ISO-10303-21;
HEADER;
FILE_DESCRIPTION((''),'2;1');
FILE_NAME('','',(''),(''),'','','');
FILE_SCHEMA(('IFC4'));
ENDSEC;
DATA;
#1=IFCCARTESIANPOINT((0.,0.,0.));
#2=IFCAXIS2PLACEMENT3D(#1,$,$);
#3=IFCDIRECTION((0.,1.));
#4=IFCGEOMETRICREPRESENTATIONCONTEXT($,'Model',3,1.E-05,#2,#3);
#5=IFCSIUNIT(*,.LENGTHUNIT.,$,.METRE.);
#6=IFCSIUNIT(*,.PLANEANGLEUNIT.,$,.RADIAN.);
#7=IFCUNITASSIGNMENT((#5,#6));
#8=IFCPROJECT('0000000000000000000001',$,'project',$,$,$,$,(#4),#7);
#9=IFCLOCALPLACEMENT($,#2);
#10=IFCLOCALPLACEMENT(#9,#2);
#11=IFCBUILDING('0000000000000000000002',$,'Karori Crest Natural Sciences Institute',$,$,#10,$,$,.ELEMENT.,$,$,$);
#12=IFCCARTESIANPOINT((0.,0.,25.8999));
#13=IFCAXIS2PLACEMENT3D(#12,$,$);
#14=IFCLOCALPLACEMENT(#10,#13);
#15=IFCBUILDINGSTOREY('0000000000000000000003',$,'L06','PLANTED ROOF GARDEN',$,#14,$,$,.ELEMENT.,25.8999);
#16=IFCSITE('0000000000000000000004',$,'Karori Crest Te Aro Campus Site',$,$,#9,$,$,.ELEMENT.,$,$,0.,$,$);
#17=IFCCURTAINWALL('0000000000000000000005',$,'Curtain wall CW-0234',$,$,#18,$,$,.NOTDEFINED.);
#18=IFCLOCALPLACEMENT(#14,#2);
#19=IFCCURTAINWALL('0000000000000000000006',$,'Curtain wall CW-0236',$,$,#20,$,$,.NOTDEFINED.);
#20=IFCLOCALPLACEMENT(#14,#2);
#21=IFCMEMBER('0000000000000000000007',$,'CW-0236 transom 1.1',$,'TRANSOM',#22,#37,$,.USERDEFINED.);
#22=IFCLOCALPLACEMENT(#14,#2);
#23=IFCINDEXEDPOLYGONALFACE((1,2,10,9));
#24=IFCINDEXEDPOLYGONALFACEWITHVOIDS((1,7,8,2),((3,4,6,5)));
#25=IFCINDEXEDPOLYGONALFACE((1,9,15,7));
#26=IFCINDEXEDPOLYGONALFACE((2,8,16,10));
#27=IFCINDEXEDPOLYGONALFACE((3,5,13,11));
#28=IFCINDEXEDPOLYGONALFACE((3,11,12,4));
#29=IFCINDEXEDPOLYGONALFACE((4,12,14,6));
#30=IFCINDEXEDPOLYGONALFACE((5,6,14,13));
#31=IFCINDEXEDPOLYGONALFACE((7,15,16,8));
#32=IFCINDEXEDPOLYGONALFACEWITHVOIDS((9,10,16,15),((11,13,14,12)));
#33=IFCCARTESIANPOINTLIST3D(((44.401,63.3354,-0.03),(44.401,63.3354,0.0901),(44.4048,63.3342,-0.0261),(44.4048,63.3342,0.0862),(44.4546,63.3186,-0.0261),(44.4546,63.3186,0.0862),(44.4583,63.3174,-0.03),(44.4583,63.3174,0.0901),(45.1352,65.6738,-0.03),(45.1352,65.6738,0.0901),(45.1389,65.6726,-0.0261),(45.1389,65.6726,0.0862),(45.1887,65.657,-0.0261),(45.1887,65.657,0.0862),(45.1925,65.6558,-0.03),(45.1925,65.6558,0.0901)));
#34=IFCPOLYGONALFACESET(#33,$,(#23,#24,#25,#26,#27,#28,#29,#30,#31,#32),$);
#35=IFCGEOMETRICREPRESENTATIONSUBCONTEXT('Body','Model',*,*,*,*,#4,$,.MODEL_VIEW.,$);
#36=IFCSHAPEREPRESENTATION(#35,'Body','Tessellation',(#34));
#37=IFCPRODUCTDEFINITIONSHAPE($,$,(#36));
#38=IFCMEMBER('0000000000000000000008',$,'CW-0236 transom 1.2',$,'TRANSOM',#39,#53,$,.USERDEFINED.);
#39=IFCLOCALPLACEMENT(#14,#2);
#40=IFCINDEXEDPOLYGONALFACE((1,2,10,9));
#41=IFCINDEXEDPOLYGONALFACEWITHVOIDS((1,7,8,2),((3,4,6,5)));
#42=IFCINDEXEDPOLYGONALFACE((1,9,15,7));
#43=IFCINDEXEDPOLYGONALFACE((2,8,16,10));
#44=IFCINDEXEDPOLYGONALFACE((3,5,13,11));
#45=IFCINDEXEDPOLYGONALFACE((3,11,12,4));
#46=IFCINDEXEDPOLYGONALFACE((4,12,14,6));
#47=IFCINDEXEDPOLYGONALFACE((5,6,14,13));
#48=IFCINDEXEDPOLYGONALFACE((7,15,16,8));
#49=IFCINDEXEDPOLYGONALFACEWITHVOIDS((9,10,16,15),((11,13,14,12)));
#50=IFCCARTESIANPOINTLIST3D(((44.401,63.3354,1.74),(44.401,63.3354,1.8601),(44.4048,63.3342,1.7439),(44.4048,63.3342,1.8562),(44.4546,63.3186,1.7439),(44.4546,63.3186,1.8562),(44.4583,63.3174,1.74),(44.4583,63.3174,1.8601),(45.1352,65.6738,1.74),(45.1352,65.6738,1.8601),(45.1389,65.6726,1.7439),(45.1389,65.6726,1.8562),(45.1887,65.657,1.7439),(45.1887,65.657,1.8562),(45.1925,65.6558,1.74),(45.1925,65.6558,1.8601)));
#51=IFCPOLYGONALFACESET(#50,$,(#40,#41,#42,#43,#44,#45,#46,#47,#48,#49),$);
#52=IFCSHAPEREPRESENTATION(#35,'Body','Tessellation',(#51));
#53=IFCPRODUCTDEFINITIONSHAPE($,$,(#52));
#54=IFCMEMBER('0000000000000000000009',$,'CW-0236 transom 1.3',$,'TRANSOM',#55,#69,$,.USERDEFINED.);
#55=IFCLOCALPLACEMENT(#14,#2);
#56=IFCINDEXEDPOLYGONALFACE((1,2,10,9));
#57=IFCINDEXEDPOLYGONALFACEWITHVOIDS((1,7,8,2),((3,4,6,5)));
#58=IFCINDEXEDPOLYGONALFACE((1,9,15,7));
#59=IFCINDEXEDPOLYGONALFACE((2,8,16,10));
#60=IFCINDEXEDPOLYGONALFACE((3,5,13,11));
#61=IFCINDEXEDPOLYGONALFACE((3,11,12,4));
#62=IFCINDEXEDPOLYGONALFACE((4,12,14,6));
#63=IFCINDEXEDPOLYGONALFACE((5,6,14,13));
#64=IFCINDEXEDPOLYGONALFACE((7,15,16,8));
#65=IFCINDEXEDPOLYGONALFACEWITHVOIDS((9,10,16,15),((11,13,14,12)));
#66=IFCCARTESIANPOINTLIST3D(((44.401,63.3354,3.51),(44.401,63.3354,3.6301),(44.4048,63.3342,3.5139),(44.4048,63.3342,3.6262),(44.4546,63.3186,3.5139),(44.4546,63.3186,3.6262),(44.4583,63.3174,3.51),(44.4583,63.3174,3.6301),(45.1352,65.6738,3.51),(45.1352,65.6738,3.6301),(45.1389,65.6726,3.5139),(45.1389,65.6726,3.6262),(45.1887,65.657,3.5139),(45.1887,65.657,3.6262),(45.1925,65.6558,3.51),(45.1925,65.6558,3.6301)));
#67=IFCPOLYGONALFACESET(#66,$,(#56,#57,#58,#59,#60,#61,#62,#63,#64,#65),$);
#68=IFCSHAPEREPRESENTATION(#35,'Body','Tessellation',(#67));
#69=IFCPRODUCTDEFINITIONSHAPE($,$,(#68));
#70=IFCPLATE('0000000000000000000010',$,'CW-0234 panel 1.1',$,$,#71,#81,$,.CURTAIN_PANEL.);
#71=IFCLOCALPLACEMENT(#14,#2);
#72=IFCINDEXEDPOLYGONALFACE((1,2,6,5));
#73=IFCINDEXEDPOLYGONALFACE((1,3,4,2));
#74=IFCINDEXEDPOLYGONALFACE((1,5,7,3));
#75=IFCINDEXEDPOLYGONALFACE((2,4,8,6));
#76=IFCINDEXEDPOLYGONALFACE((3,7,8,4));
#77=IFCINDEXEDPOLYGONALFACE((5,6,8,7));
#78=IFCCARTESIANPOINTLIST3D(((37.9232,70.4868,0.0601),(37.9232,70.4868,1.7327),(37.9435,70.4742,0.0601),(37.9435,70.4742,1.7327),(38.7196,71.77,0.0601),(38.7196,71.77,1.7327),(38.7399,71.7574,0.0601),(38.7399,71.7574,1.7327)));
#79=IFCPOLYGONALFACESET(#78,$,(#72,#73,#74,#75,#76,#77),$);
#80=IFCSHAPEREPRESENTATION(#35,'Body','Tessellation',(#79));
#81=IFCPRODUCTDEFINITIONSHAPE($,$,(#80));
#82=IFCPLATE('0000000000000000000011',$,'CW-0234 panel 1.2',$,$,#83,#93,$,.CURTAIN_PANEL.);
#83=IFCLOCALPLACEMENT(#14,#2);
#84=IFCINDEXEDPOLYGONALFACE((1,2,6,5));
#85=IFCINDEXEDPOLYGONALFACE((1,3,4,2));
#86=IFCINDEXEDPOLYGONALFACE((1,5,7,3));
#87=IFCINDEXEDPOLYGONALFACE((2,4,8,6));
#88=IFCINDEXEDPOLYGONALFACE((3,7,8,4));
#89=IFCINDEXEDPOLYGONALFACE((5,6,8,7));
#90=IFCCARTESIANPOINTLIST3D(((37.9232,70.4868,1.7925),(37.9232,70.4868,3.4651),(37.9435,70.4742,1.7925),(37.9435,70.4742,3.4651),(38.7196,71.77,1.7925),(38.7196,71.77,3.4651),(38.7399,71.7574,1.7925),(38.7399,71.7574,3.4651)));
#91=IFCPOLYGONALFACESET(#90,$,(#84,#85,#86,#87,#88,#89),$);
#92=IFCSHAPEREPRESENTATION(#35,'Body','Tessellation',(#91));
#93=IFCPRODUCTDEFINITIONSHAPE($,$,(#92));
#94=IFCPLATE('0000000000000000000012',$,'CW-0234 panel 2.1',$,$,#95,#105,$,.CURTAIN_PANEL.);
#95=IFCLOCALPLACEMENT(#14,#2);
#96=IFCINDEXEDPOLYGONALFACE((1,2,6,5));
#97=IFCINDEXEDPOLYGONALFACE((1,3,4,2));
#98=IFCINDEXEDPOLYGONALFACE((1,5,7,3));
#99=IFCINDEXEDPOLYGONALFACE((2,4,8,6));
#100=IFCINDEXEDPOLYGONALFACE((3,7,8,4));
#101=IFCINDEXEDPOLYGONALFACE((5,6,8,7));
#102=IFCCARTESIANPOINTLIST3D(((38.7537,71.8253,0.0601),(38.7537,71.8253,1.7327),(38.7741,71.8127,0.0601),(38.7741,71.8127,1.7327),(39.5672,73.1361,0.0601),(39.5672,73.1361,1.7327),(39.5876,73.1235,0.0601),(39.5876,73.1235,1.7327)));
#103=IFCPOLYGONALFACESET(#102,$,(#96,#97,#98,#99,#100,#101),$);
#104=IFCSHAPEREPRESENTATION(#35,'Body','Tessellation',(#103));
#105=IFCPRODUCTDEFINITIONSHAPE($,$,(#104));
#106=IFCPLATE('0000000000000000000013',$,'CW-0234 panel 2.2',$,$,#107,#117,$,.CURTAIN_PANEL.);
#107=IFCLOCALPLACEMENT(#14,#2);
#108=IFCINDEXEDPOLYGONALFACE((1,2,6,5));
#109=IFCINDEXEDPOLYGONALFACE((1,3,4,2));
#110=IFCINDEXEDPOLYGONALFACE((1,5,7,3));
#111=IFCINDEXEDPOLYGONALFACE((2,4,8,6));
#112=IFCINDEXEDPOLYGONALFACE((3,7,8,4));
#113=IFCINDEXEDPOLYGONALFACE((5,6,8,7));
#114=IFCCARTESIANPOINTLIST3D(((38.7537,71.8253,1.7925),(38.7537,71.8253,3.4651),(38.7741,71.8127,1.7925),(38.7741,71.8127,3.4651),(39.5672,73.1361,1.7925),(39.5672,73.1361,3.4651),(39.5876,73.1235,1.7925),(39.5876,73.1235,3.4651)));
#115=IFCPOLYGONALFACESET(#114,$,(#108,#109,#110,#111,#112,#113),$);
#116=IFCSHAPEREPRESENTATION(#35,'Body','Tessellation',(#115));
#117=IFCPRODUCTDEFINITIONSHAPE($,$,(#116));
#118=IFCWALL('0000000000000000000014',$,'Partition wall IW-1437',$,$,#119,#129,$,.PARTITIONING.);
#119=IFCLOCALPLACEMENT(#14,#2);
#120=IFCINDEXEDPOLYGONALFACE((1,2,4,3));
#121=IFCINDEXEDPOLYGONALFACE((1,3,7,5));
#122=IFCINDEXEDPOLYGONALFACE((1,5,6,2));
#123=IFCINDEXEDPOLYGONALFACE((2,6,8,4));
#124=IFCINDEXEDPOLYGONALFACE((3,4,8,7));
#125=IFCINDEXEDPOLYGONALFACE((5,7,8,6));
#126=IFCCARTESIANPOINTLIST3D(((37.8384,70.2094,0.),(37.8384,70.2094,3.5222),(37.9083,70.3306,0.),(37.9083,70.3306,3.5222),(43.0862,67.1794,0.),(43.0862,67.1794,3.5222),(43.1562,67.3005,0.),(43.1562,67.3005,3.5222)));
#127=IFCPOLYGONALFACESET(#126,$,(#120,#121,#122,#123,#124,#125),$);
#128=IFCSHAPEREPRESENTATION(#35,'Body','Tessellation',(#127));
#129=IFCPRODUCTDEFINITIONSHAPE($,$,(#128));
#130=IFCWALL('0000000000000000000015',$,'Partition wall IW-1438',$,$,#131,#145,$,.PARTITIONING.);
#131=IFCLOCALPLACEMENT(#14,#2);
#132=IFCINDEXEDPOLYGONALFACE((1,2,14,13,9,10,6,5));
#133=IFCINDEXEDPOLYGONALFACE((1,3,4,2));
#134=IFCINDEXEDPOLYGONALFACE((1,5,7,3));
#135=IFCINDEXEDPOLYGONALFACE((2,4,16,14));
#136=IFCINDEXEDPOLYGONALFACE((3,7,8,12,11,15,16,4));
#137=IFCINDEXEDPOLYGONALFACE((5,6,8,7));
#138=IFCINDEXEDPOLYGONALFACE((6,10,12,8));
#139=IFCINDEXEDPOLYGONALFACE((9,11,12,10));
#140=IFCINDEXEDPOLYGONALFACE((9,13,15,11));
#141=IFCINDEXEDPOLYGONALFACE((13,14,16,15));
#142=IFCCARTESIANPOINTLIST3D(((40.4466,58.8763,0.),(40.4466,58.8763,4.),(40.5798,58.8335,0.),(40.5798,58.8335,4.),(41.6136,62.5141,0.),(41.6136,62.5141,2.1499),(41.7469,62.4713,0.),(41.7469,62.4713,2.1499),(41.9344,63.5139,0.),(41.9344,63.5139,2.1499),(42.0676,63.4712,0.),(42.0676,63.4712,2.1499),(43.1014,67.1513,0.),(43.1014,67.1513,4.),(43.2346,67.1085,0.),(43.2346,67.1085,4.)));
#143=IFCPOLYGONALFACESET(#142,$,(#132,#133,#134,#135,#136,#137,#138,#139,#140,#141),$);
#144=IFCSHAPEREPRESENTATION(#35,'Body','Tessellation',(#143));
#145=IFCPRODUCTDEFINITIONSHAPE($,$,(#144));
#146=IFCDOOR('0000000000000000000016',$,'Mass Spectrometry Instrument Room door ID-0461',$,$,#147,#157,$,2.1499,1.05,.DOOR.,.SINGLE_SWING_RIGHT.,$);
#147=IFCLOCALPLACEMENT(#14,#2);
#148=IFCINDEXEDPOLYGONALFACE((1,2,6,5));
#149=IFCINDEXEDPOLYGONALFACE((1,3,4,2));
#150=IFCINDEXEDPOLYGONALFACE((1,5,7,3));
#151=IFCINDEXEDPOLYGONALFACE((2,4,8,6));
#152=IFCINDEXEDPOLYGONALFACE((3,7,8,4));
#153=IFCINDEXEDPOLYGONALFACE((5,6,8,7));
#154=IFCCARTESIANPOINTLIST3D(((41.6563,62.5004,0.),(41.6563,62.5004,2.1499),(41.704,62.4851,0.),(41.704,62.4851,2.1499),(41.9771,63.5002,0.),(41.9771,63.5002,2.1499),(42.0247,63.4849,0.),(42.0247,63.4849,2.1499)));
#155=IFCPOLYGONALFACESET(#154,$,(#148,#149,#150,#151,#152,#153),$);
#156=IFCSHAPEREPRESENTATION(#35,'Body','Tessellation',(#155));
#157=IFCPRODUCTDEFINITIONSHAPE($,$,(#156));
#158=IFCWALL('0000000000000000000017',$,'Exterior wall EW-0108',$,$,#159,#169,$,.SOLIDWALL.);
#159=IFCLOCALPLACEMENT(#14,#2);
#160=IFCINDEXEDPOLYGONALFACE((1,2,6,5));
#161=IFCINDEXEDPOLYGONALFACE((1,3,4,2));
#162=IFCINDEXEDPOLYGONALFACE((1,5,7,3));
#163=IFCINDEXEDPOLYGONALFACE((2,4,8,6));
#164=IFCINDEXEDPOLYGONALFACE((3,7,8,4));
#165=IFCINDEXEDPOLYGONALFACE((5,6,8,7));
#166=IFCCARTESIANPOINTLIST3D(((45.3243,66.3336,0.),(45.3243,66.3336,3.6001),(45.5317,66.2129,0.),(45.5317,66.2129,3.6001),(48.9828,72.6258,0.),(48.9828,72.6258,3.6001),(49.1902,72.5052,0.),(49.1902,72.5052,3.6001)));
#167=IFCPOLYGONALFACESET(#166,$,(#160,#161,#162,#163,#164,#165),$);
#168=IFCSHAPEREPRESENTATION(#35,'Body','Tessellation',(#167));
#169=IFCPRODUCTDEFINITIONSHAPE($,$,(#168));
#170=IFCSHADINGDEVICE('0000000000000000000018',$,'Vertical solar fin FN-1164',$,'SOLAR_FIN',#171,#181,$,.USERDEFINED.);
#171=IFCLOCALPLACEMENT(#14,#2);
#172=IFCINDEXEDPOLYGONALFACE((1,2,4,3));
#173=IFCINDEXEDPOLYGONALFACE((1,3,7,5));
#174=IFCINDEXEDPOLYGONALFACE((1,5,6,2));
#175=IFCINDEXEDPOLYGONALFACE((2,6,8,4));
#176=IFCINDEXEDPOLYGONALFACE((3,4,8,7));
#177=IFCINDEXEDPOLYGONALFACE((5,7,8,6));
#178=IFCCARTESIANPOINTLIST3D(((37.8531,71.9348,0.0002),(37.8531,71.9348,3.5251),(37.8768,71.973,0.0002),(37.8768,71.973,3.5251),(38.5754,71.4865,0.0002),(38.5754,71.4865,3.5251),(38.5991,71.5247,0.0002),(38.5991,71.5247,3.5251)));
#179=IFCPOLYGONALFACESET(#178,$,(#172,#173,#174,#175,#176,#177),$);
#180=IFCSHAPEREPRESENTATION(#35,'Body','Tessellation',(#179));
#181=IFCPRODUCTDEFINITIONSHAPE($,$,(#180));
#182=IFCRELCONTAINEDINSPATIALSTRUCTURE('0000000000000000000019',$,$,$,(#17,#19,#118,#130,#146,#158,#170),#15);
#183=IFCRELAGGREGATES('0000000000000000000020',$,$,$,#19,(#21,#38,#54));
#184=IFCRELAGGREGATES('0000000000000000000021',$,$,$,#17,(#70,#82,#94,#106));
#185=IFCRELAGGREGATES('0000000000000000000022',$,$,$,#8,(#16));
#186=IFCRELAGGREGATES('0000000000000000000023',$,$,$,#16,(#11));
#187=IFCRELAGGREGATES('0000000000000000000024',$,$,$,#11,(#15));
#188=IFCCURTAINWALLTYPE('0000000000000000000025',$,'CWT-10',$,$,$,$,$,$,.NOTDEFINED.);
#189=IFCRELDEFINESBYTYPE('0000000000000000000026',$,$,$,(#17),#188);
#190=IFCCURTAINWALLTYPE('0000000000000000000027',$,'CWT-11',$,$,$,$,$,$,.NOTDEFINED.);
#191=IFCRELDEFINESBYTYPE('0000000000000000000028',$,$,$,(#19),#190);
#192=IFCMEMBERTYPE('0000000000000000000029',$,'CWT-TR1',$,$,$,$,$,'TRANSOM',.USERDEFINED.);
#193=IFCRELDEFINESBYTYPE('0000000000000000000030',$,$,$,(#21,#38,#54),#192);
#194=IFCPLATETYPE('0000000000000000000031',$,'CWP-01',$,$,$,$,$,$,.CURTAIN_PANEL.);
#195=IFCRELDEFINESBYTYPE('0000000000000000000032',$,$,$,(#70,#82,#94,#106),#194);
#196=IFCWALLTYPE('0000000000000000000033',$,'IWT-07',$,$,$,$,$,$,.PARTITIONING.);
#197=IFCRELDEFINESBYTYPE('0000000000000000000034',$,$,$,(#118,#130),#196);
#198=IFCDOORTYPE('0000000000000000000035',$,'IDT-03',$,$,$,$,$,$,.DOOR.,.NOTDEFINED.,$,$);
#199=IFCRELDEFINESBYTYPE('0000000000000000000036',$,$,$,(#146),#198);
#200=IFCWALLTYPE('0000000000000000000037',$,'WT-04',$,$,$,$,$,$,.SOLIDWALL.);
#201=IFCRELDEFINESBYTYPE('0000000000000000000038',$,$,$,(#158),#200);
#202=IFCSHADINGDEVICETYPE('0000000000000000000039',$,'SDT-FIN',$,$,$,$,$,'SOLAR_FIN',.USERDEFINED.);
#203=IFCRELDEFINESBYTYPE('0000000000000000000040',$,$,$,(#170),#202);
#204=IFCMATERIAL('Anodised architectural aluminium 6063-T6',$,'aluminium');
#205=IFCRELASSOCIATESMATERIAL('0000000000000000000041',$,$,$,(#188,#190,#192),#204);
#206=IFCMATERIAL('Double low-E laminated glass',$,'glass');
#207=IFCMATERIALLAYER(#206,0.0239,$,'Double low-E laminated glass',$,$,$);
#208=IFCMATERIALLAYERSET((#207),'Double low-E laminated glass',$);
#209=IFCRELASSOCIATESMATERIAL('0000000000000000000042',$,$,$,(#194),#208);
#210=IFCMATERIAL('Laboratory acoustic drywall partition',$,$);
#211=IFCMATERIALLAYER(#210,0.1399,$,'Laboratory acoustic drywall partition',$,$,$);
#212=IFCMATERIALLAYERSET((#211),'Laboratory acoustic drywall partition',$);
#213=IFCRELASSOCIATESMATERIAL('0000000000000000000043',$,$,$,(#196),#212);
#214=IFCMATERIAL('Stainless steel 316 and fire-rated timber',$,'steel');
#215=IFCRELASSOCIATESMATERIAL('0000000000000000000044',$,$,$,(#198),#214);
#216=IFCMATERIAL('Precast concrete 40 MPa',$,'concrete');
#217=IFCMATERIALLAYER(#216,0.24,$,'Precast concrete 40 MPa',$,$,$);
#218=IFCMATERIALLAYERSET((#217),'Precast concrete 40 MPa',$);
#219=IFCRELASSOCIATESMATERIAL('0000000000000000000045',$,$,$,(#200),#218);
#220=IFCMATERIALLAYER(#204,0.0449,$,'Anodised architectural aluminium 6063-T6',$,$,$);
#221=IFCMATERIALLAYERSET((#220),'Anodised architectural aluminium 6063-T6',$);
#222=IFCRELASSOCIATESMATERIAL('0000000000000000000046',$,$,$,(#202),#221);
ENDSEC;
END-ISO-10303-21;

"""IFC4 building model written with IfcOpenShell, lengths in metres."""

from ifc_helpers import new_model, si_unit, direction, frame, frame_2d, origin, origin_2d, place, context, subcontext, project, spatial, rectangle, hollow_rectangle, extrude, material, layer, layer_set, material_profile, profile_set, type_object, element, fill, aggregate, save


model = new_model("IFC4")

# Units and contexts
model_context = context("Model", 3, precision=1e-05, world=origin(), true_north=direction((0.0, 1.0)))
body_context = subcontext(model_context, "Body", "Model", "MODEL_VIEW")
ifc_project = project(units=[si_unit("LENGTHUNIT", "METRE"), si_unit("PLANEANGLEUNIT", "RADIAN")], contexts=[model_context])

# Site, building, storey
site_placement = place(None, origin())
site = spatial("IfcSite", under=ifc_project, at=site_placement, Name="Karori Crest Te Aro Campus Site", CompositionType="ELEMENT", RefElevation=0.0)
building_placement = place(site_placement, origin())
building = spatial("IfcBuilding", under=site, at=building_placement, Name="Karori Crest Natural Sciences Institute", CompositionType="ELEMENT")
storey_placement = place(building_placement, frame((0.0, 0.0, 25.8999)))
storey = spatial("IfcBuildingStorey", under=building, at=storey_placement, Name="L06", Description="PLANTED ROOF GARDEN", CompositionType="ELEMENT", Elevation=25.8999)

# Curtain wall
ifc_material_1 = material(Name="Anodised architectural aluminium 6063-T6", Category="aluminium")
curtain_wall_type_1 = type_object("IfcCurtainWallType", Name="CWT-10", PredefinedType="NOTDEFINED", material=ifc_material_1)
curtain_wall_1_placement = place(storey_placement, origin())
curtain_wall_1 = element("IfcCurtainWall", 1, at=curtain_wall_1_placement, inside=storey, type_object=curtain_wall_type_1, Name="Curtain wall CW-0234", PredefinedType="NOTDEFINED")

# Curtain wall
curtain_wall_type_2 = type_object("IfcCurtainWallType", Name="CWT-11", PredefinedType="NOTDEFINED", material=ifc_material_1)
curtain_wall_2_placement = place(storey_placement, origin())
curtain_wall_2 = element("IfcCurtainWall", 2, at=curtain_wall_2_placement, inside=storey, type_object=curtain_wall_type_2, Name="Curtain wall CW-0236", PredefinedType="NOTDEFINED")

# Members
ifc_material_profile_1 = material_profile(ifc_material_1, hollow_rectangle(XDim=0.0601, YDim=0.1201, WallThickness=0.0039, at=origin_2d()), Name="CWT120x60x4")
ifc_profile_set_1 = profile_set([ifc_material_profile_1], Name="Anodised architectural aluminium 6063-T6")
member_type_1 = type_object("IfcMemberType", Name="CWT-TR1", ElementType="TRANSOM", PredefinedType="USERDEFINED", material=ifc_profile_set_1)
member_1_placement = place(storey_placement, frame((45.1638, 65.6648, 0.03), z_axis=(-0.299534, -0.954086, 0.0), x_axis=(0.954086, -0.299534, 0.0)))
member_1 = element("IfcMember", 3, at=member_1_placement, type_object=member_type_1, Name="CW-0236 transom 1.1", ObjectType="TRANSOM", PredefinedType="USERDEFINED", context=body_context, shape_type="SweptSolid", body=[
    extrude(hollow_rectangle(XDim=0.0601, YDim=0.1201, WallThickness=0.0039, at=origin_2d()), origin(), (0.0, 0.0, 1.0), 2.4509),
])
member_2_placement = place(storey_placement, frame((45.1638, 65.6648, 1.8), z_axis=(-0.299534, -0.954086, 0.0), x_axis=(0.954086, -0.299534, 0.0)))
member_2 = element("IfcMember", 4, at=member_2_placement, type_object=member_type_1, Name="CW-0236 transom 1.2", ObjectType="TRANSOM", PredefinedType="USERDEFINED", context=body_context, shape_type="SweptSolid", body=[
    extrude(hollow_rectangle(XDim=0.0601, YDim=0.1201, WallThickness=0.0039, at=origin_2d()), origin(), (0.0, 0.0, 1.0), 2.4509),
])
member_3_placement = place(storey_placement, frame((45.1638, 65.6648, 3.5701), z_axis=(-0.299534, -0.954086, 0.0), x_axis=(0.954086, -0.299534, 0.0)))
member_3 = element("IfcMember", 5, at=member_3_placement, type_object=member_type_1, Name="CW-0236 transom 1.3", ObjectType="TRANSOM", PredefinedType="USERDEFINED", context=body_context, shape_type="SweptSolid", body=[
    extrude(hollow_rectangle(XDim=0.0601, YDim=0.1201, WallThickness=0.0039, at=origin_2d()), origin(), (0.0, 0.0, 1.0), 2.4509),
])
aggregate(curtain_wall_2, [member_1, member_2, member_3])

# Plates
ifc_material_2 = material(Name="Double low-E laminated glass", Category="glass")
ifc_layer_1 = layer(ifc_material_2, 0.0239, Name="Double low-E laminated glass")
ifc_layer_set_1 = layer_set([ifc_layer_1], Name="Double low-E laminated glass")
plate_type = type_object("IfcPlateType", Name="CWP-01", PredefinedType="CURTAIN_PANEL", material=ifc_layer_set_1)
plate_1_placement = place(storey_placement, frame((38.3315, 71.1221, 0.0601), z_axis=(0.0, 0.0, 1.0), x_axis=(0.527324, 0.849664, 0.0)))
plate_1 = element("IfcPlate", 6, at=plate_1_placement, type_object=plate_type, Name="CW-0234 panel 1.1", PredefinedType="CURTAIN_PANEL", context=body_context, shape_type="SweptSolid", body=[
    extrude(rectangle(XDim=1.5103, YDim=0.0239, at=origin_2d()), origin(), (0.0, 0.0, 1.0), 1.6726),
])
plate_2_placement = place(storey_placement, frame((38.3315, 71.1221, 1.7925), z_axis=(0.0, 0.0, 1.0), x_axis=(0.527324, 0.849664, 0.0)))
plate_2 = element("IfcPlate", 7, at=plate_2_placement, type_object=plate_type, Name="CW-0234 panel 1.2", PredefinedType="CURTAIN_PANEL", context=body_context, shape_type="SweptSolid", body=[
    extrude(rectangle(XDim=1.5103, YDim=0.0239, at=origin_2d()), origin(), (0.0, 0.0, 1.0), 1.6726),
])
plate_3_placement = place(storey_placement, frame((39.1707, 72.4744, 0.0601), z_axis=(0.0, 0.0, 1.0), x_axis=(0.527324, 0.849664, 0.0)))
plate_3 = element("IfcPlate", 8, at=plate_3_placement, type_object=plate_type, Name="CW-0234 panel 2.1", PredefinedType="CURTAIN_PANEL", context=body_context, shape_type="SweptSolid", body=[
    extrude(rectangle(XDim=1.5427, YDim=0.0239, at=origin_2d()), origin(), (0.0, 0.0, 1.0), 1.6726),
])
plate_4_placement = place(storey_placement, frame((39.1707, 72.4744, 1.7925), z_axis=(0.0, 0.0, 1.0), x_axis=(0.527324, 0.849664, 0.0)))
plate_4 = element("IfcPlate", 9, at=plate_4_placement, type_object=plate_type, Name="CW-0234 panel 2.2", PredefinedType="CURTAIN_PANEL", context=body_context, shape_type="SweptSolid", body=[
    extrude(rectangle(XDim=1.5427, YDim=0.0239, at=origin_2d()), origin(), (0.0, 0.0, 1.0), 1.6726),
])
aggregate(curtain_wall_1, [plate_1, plate_2, plate_3, plate_4])

# Wall
ifc_material_3 = material(Name="Laboratory acoustic drywall partition")
ifc_layer_2 = layer(ifc_material_3, 0.1399, Name="Laboratory acoustic drywall partition")
ifc_layer_set_2 = layer_set([ifc_layer_2], Name="Laboratory acoustic drywall partition")
wall_type_1 = type_object("IfcWallType", Name="IWT-07", PredefinedType="PARTITIONING", material=ifc_layer_set_2)
wall_1_placement = place(storey_placement, frame((43.1211, 67.24, 0.0), z_axis=(0.0, 0.0, 1.0), x_axis=(-0.86601, 0.500026, 0.0)))
element("IfcWall", 10, at=wall_1_placement, inside=storey, type_object=wall_type_1, Name="Partition wall IW-1437", PredefinedType="PARTITIONING", context=body_context, shape_type="SweptSolid", body=[
    extrude(rectangle(XDim=6.0598, YDim=0.1399, at=frame_2d((3.0298, 0.0))), origin(), (0.0, 0.0, 1.0), 3.5222),
])

# Wall, opening, door
wall_2_placement = place(storey_placement, frame((43.168, 67.1299, 0.0), z_axis=(0.0, 0.0, 1.0), x_axis=(-0.305487, -0.952196, 0.0)))
wall_2 = element("IfcWall", 11, at=wall_2_placement, inside=storey, type_object=wall_type_1, Name="Partition wall IW-1438", PredefinedType="PARTITIONING", context=body_context, shape_type="SweptSolid", body=[
    extrude(rectangle(XDim=8.6904, YDim=0.1399, at=frame_2d((4.3452, 0.0))), origin(), (0.0, 0.0, 1.0), 4.0),
])
opening_placement = place(wall_2_placement, frame((3.8201, 0.0, 0.0)))
opening = element("IfcOpeningElement", 12, at=opening_placement, cuts=wall_2, PredefinedType="OPENING", context=body_context, shape_type="SweptSolid", body=[
    extrude(rectangle(XDim=1.05, YDim=2.1499, at=frame_2d((0.5249, 1.075))), frame((0.0, 0.0801, 0.0), z_axis=(0.0, -1.0, 0.0), x_axis=(1.0, 0.0, 0.0)), (0.0, 0.0, 1.0), 0.1599),
])
ifc_material_4 = material(Name="Stainless steel 316 and fire-rated timber", Category="steel")
door_type = type_object("IfcDoorType", Name="IDT-03", OperationType="NOTDEFINED", PredefinedType="DOOR", material=ifc_material_4)
door_placement = place(opening_placement, origin())
door = element("IfcDoor", 13, at=door_placement, inside=storey, type_object=door_type, Name="Mass Spectrometry Instrument Room door ID-0461", OperationType="SINGLE_SWING_RIGHT", OverallHeight=2.1499, OverallWidth=1.05, PredefinedType="DOOR", context=body_context, shape_type="SweptSolid", body=[
    extrude(rectangle(XDim=1.05, YDim=2.1499, at=frame_2d((0.5249, 1.075))), frame((0.0, 0.0249, 0.0), z_axis=(0.0, -1.0, 0.0), x_axis=(1.0, 0.0, 0.0)), (0.0, 0.0, 1.0), 0.05),
])
fill(opening, door)

# Wall
ifc_material_5 = material(Name="Precast concrete 40 MPa", Category="concrete")
ifc_layer_3 = layer(ifc_material_5, 0.24, Name="Precast concrete 40 MPa")
ifc_layer_set_3 = layer_set([ifc_layer_3], Name="Precast concrete 40 MPa")
wall_type_2 = type_object("IfcWallType", Name="WT-04", PredefinedType="SOLIDWALL", material=ifc_layer_set_3)
wall_3_placement = place(storey_placement, frame((49.0864, 72.5654, 0.0), z_axis=(0.0, 0.0, 1.0), x_axis=(-0.502638, -0.864497, 0.0)))
element("IfcWall", 14, at=wall_3_placement, inside=storey, type_object=wall_type_2, Name="Exterior wall EW-0108", PredefinedType="SOLIDWALL", context=body_context, shape_type="SweptSolid", body=[
    extrude(rectangle(XDim=7.2786, YDim=0.24, at=frame_2d((3.6392, 0.0))), origin(), (0.0, 0.0, 1.0), 3.6001),
])

# Shading device
ifc_layer_4 = layer(ifc_material_1, 0.0449, Name="Anodised architectural aluminium 6063-T6")
ifc_layer_set_4 = layer_set([ifc_layer_4], Name="Anodised architectural aluminium 6063-T6")
shading_device_type = type_object("IfcShadingDeviceType", Name="SDT-FIN", ElementType="SOLAR_FIN", PredefinedType="USERDEFINED", material=ifc_layer_set_4)
shading_device_placement = place(storey_placement, frame((38.2261, 71.7297, 0.0002), z_axis=(0.0, 0.0, 1.0), x_axis=(-0.849665, 0.527324, 0.0)))
element("IfcShadingDevice", 15, at=shading_device_placement, inside=storey, type_object=shading_device_type, Name="Vertical solar fin FN-1164", ObjectType="SOLAR_FIN", PredefinedType="USERDEFINED", context=body_context, shape_type="SweptSolid", body=[
    extrude(rectangle(XDim=0.8501, YDim=0.0449, at=origin_2d()), origin(), (0.0, 0.0, 1.0), 3.5249),
])

save(model, "model.ifc")
